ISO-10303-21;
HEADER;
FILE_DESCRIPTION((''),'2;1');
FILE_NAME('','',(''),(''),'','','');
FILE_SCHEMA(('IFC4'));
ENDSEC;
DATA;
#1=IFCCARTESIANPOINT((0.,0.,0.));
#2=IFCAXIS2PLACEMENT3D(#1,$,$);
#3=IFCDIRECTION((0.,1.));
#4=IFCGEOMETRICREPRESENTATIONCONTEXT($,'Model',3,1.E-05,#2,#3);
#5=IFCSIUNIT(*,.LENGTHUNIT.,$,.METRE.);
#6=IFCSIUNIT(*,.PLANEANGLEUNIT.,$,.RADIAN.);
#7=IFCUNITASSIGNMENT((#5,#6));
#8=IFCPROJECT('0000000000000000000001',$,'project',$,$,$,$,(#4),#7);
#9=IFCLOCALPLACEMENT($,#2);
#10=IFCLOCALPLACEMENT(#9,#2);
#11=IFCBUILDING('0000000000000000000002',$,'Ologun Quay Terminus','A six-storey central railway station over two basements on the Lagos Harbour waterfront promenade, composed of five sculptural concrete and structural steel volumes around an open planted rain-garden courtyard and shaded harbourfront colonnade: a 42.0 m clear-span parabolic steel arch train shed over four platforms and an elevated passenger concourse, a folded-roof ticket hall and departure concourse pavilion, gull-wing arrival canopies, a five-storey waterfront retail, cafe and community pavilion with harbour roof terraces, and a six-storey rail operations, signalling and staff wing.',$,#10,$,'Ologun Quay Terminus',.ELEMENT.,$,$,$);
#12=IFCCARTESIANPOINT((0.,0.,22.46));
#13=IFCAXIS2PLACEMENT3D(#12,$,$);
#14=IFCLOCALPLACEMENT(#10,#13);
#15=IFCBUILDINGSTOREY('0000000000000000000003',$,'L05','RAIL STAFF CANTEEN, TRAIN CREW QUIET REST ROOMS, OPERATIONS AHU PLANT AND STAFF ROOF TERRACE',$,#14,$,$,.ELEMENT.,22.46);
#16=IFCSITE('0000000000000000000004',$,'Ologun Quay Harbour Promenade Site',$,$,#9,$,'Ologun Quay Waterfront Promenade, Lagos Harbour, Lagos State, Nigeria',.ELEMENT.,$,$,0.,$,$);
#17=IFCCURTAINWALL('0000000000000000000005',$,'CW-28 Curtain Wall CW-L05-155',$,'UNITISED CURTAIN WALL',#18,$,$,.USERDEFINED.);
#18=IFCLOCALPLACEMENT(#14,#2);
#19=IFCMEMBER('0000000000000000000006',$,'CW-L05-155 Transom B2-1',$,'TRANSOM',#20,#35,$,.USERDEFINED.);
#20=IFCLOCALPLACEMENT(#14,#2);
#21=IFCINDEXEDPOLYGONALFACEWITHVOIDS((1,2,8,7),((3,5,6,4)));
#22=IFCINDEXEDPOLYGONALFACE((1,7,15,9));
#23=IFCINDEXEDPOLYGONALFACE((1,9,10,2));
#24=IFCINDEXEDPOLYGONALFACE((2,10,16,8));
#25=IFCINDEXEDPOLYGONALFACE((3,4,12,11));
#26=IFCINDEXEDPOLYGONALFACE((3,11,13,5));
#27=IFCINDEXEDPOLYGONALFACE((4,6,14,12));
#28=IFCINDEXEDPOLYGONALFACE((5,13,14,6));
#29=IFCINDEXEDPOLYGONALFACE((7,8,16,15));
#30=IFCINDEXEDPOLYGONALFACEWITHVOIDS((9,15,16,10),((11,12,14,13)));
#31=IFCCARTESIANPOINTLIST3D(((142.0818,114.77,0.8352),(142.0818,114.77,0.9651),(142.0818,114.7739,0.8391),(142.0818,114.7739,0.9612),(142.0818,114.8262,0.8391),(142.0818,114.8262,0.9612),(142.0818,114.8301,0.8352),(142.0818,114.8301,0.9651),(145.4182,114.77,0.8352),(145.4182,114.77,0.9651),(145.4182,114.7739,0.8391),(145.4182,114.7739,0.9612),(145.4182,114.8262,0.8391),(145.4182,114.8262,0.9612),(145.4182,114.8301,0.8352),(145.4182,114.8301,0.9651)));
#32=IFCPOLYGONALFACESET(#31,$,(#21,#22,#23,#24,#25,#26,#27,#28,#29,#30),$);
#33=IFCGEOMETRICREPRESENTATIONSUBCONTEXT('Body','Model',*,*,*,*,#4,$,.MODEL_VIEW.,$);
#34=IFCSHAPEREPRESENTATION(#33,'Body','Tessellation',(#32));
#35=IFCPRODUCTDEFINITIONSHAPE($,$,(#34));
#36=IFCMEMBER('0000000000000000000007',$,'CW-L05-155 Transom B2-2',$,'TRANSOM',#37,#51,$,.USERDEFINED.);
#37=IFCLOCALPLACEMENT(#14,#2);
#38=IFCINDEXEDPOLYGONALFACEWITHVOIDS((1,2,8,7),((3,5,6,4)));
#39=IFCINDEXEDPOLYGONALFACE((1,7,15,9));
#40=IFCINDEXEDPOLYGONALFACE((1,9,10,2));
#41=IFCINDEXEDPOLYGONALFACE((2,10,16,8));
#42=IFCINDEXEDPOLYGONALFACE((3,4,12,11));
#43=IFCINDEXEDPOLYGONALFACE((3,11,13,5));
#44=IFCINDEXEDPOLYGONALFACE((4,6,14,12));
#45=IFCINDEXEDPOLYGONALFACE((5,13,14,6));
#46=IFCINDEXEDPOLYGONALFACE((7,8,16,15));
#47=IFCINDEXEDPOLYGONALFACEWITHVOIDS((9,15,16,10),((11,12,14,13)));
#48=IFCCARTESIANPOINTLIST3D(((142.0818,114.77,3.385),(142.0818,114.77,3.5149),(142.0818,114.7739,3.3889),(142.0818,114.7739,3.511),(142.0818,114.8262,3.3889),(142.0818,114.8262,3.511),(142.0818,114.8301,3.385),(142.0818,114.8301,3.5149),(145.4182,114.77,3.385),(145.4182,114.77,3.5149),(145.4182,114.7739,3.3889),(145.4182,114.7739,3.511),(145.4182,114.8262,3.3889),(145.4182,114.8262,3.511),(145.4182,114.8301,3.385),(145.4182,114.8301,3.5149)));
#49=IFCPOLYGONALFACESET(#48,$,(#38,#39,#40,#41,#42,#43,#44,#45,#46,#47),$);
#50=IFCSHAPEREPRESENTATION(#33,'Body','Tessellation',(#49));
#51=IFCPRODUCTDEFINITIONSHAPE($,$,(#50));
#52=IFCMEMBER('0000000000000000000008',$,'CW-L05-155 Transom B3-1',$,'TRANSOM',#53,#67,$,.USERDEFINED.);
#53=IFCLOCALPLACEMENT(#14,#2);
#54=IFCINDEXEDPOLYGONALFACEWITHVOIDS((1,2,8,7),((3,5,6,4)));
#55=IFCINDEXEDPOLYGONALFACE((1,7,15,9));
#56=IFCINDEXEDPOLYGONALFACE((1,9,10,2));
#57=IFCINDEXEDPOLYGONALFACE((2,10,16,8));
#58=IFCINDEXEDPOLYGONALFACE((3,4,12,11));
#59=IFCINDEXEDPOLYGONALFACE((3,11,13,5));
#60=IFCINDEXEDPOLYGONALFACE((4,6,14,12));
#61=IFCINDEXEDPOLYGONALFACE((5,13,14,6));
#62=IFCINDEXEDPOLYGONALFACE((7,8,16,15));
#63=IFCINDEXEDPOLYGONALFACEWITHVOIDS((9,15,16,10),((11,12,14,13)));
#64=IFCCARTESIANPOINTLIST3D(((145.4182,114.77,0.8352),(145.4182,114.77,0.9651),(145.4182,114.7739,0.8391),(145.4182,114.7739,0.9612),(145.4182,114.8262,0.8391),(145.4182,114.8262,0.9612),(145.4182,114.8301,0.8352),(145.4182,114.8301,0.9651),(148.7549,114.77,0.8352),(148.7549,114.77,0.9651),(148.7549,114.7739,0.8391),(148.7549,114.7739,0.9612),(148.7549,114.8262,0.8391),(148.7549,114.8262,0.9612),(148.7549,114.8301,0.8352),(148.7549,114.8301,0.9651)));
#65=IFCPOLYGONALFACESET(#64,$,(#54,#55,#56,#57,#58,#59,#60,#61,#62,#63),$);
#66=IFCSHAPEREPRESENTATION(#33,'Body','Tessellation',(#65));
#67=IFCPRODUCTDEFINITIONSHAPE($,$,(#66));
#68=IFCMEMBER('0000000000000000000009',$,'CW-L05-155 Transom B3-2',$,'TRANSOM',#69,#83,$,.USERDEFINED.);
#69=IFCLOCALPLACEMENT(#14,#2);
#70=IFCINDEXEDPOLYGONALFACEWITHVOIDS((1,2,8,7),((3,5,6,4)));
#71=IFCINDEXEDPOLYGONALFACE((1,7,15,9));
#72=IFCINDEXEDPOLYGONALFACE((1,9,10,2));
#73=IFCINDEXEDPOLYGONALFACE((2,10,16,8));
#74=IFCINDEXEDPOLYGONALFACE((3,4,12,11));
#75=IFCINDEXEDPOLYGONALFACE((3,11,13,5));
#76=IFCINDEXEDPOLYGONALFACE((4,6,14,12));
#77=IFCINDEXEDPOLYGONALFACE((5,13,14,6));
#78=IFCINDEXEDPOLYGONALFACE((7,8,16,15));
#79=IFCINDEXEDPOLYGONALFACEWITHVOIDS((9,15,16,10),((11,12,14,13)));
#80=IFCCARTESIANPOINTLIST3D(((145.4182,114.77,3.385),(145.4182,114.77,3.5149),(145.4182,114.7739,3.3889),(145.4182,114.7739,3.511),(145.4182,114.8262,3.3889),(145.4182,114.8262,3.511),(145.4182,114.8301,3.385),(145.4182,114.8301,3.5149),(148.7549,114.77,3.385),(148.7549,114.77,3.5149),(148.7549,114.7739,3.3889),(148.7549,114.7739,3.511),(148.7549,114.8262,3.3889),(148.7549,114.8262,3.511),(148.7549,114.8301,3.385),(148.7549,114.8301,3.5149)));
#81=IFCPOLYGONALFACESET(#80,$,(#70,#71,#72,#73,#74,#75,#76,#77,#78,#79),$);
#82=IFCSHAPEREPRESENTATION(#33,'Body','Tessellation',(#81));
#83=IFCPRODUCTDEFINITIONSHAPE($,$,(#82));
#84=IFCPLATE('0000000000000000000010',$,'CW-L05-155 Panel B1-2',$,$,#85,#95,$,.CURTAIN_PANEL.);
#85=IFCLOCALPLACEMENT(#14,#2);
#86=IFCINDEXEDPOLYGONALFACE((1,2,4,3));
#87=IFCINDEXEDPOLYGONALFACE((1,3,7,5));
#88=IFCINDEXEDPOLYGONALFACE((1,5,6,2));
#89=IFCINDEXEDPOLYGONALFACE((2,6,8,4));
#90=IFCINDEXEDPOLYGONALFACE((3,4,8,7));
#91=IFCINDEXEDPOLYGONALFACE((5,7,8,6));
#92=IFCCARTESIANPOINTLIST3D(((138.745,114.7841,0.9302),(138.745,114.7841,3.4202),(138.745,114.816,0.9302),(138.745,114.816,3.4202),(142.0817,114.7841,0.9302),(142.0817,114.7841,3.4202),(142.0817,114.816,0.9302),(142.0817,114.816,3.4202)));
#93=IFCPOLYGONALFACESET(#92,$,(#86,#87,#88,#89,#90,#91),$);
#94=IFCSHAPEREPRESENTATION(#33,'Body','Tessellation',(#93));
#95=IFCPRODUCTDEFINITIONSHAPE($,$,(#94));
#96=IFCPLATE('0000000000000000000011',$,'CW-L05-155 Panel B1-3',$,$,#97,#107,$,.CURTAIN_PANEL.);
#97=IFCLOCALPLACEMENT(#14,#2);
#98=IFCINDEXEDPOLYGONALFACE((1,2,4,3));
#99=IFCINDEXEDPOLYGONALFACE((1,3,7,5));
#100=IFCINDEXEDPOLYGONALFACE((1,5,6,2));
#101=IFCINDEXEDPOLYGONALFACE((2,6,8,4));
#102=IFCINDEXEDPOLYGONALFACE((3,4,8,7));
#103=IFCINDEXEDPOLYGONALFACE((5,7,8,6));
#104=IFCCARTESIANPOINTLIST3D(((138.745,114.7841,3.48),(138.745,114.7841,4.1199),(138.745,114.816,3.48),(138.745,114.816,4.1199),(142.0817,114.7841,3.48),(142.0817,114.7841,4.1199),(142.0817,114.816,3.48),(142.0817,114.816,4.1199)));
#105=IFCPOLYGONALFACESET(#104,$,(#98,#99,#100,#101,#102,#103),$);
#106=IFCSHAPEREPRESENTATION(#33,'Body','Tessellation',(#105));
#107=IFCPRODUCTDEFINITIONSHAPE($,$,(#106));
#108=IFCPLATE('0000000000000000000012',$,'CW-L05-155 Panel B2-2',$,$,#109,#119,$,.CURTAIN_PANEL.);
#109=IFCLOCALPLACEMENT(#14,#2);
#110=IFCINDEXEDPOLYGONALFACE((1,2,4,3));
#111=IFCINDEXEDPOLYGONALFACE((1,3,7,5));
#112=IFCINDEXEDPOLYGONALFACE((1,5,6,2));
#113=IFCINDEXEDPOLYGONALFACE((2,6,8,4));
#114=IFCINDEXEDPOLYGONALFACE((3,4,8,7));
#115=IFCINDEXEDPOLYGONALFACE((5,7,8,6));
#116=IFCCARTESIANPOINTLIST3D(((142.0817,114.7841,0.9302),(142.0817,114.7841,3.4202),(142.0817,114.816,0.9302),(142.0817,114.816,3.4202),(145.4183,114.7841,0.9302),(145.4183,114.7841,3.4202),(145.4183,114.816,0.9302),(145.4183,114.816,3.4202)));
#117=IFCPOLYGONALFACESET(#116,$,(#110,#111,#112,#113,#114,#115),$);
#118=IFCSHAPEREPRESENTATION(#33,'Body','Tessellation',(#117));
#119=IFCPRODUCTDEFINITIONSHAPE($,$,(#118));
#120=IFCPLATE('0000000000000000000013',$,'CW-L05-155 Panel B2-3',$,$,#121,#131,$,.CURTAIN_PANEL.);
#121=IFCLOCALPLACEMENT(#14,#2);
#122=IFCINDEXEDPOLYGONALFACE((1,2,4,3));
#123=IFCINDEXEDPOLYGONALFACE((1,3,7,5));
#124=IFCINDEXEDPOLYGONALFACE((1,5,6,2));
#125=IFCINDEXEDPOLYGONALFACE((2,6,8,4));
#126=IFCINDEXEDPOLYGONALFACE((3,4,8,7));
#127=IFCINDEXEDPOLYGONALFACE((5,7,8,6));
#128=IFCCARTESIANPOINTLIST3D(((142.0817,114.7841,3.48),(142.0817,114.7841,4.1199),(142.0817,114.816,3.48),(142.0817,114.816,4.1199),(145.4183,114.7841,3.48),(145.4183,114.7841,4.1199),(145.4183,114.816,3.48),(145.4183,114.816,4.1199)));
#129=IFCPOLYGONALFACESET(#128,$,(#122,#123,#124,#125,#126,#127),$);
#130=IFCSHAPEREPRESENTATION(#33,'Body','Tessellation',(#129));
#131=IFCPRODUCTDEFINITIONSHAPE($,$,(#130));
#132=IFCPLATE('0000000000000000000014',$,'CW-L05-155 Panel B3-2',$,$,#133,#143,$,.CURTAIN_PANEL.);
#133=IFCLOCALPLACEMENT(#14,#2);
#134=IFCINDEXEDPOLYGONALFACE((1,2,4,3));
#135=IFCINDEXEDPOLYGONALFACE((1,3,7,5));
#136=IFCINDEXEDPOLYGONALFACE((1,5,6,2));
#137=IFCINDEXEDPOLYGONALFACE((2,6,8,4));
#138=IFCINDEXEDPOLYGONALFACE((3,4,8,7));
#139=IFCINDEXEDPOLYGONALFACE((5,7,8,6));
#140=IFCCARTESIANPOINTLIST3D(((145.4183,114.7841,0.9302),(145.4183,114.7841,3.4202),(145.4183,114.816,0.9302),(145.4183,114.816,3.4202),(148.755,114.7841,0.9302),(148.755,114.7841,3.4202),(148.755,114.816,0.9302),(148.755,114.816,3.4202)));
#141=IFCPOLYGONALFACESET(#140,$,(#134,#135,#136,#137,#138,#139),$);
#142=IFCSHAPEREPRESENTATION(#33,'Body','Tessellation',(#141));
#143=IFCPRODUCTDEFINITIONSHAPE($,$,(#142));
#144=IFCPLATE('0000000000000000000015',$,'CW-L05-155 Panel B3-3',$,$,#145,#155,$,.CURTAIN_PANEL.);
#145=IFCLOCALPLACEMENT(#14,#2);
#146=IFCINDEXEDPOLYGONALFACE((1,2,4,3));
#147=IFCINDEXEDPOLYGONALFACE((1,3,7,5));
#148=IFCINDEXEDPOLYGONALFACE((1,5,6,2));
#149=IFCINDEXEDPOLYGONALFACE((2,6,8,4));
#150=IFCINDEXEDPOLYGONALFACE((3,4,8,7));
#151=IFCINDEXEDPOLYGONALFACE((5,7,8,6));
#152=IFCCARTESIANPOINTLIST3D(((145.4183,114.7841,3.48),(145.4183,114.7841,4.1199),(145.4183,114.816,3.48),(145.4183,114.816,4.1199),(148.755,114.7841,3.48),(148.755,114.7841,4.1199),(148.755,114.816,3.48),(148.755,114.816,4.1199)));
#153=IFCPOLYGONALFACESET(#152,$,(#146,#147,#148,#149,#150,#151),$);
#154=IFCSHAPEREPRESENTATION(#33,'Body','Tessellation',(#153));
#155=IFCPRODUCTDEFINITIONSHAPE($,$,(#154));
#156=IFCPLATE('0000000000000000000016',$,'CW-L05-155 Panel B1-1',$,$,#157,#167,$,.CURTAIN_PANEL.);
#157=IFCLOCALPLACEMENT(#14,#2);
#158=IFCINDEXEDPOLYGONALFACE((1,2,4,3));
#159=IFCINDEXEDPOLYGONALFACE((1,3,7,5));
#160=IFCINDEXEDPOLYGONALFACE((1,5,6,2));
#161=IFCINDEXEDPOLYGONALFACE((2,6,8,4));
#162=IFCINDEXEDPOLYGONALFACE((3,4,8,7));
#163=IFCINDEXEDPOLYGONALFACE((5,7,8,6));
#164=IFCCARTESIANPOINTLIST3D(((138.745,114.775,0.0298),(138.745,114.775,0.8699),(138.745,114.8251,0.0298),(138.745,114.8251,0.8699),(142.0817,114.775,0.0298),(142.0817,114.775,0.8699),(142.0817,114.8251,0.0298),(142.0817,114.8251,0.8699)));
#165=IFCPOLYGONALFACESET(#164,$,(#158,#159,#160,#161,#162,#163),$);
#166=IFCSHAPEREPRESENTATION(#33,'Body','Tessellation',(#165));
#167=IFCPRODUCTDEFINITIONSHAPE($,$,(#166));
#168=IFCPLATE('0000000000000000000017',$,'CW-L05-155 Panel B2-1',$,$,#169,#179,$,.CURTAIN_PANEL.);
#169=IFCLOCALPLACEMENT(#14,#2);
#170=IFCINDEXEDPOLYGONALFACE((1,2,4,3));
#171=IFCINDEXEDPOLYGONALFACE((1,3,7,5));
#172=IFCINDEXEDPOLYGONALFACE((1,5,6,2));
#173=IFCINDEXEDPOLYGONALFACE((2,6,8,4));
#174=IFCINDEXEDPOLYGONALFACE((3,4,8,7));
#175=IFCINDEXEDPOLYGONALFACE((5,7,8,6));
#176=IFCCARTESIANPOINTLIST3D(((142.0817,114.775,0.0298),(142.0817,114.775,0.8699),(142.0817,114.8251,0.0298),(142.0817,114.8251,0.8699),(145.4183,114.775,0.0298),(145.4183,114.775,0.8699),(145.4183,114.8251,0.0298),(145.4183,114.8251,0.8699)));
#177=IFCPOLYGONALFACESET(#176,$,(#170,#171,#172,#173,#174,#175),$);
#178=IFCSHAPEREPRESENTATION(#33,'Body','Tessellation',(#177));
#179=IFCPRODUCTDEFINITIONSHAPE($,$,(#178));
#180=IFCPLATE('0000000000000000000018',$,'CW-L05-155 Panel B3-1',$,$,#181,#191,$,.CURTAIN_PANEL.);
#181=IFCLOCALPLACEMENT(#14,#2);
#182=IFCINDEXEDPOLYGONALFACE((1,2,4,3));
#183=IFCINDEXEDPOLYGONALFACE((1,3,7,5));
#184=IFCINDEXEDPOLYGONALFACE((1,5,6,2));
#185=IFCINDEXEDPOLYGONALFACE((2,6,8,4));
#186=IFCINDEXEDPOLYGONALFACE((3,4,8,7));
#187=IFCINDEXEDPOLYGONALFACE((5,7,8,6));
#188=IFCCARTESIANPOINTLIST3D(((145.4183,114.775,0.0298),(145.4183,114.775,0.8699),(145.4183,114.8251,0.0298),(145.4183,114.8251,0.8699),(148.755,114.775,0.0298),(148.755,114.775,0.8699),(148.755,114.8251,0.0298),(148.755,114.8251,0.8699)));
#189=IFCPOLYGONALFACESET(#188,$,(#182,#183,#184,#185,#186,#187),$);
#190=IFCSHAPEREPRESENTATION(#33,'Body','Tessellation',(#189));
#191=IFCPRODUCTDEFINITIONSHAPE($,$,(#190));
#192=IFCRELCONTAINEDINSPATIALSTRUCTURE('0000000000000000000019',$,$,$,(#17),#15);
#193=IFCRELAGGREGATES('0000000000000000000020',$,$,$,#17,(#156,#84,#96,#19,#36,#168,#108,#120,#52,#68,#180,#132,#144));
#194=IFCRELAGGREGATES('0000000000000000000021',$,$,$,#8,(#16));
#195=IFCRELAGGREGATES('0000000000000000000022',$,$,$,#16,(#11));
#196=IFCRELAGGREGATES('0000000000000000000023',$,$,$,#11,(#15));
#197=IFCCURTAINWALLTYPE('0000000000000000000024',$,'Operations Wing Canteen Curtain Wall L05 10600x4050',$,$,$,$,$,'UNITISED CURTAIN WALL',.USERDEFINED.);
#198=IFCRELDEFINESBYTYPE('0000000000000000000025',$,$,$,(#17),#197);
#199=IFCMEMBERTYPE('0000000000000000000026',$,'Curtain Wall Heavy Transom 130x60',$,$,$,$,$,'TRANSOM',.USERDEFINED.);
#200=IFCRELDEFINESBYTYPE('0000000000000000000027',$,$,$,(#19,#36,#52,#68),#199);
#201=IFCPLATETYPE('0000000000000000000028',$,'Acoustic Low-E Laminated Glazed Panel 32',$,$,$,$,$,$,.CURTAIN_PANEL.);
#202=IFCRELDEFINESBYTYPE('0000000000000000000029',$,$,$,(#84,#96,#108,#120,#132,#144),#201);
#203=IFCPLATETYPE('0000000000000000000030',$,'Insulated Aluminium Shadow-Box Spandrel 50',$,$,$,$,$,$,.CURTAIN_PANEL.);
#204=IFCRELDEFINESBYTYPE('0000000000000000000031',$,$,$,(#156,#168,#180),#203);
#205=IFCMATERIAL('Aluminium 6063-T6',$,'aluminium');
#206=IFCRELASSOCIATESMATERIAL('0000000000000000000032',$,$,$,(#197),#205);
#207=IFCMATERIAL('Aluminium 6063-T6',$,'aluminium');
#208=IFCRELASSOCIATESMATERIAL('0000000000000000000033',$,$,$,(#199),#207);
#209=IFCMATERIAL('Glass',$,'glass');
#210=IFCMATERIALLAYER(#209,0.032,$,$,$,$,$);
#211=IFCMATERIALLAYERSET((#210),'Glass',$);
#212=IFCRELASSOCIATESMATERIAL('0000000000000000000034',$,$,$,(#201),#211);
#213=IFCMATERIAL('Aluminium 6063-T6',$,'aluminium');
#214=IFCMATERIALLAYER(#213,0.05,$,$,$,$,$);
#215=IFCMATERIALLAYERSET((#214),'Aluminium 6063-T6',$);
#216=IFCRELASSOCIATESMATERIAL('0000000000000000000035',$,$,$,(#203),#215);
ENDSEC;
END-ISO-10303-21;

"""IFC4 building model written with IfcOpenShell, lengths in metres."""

from ifc_helpers import new_model, si_unit, direction, frame, origin, origin_2d, place, context, subcontext, project, spatial, rectangle, hollow_rectangle, extrude, material, layer, layer_set, material_profile, profile_set, type_object, element, aggregate, save


model = new_model("IFC4")

# Units and contexts
model_context = context("Model", 3, precision=1e-05, world=origin(), true_north=direction((0.0, 1.0)))
body_context = subcontext(model_context, "Body", "Model", "MODEL_VIEW")
ifc_project = project(units=[si_unit("LENGTHUNIT", "METRE"), si_unit("PLANEANGLEUNIT", "RADIAN")], contexts=[model_context])

# Site, building, storey
site_placement = place(None, origin())
site = spatial("IfcSite", under=ifc_project, at=site_placement, Name="Ologun Quay Harbour Promenade Site", LongName="Ologun Quay Waterfront Promenade, Lagos Harbour, Lagos State, Nigeria", CompositionType="ELEMENT", RefElevation=0.0)
building_placement = place(site_placement, origin())
building = spatial("IfcBuilding", under=site, at=building_placement, Name="Ologun Quay Terminus", Description="A six-storey central railway station over two basements on the Lagos Harbour waterfront promenade, composed of five sculptural concrete and structural steel volumes around an open planted rain-garden courtyard and shaded harbourfront colonnade: a 42.0 m clear-span parabolic steel arch train shed over four platforms and an elevated passenger concourse, a folded-roof ticket hall and departure concourse pavilion, gull-wing arrival canopies, a five-storey waterfront retail, cafe and community pavilion with harbour roof terraces, and a six-storey rail operations, signalling and staff wing.", LongName="Ologun Quay Terminus", CompositionType="ELEMENT")
storey_placement = place(building_placement, frame((0.0, 0.0, 22.46)))
storey = spatial("IfcBuildingStorey", under=building, at=storey_placement, Name="L05", Description="RAIL STAFF CANTEEN, TRAIN CREW QUIET REST ROOMS, OPERATIONS AHU PLANT AND STAFF ROOF TERRACE", CompositionType="ELEMENT", Elevation=22.46)

# Curtain wall, members, plates
ifc_material_1 = material(Name="Aluminium 6063-T6", Category="aluminium")
curtain_wall_type = type_object("IfcCurtainWallType", Name="Operations Wing Canteen Curtain Wall L05 10600x4050", ElementType="UNITISED CURTAIN WALL", PredefinedType="USERDEFINED", material=ifc_material_1)
curtain_wall_placement = place(storey_placement, origin())
curtain_wall = element("IfcCurtainWall", 1, at=curtain_wall_placement, inside=storey, type_object=curtain_wall_type, Name="CW-28 Curtain Wall CW-L05-155", ObjectType="UNITISED CURTAIN WALL", PredefinedType="USERDEFINED")
ifc_material_2 = material(Name="Aluminium 6063-T6", Category="aluminium")
ifc_material_profile_1 = material_profile(ifc_material_2, hollow_rectangle(XDim=0.0601, YDim=0.1299, WallThickness=0.0039, at=origin_2d()), Name="ALU 130x60x4")
ifc_profile_set_1 = profile_set([ifc_material_profile_1], Name="Aluminium 6063-T6")
member_type_1 = type_object("IfcMemberType", Name="Curtain Wall Heavy Transom 130x60", ElementType="TRANSOM", PredefinedType="USERDEFINED", material=ifc_profile_set_1)
member_1_placement = place(storey_placement, frame((142.0818, 114.8, 0.9001), z_axis=(1.0, 0.0, 0.0), x_axis=(0.0, 1.0, 0.0)))
member_1 = element("IfcMember", 2, at=member_1_placement, type_object=member_type_1, Name="CW-L05-155 Transom B2-1", ObjectType="TRANSOM", PredefinedType="USERDEFINED", context=body_context, shape_type="SweptSolid", body=[
    extrude(hollow_rectangle(XDim=0.0601, YDim=0.1299, WallThickness=0.0039, at=origin_2d()), origin(), (0.0, 0.0, 1.0), 3.3364),
])
member_2_placement = place(storey_placement, frame((142.0818, 114.8, 3.45), z_axis=(1.0, 0.0, 0.0), x_axis=(0.0, 1.0, 0.0)))
member_2 = element("IfcMember", 3, at=member_2_placement, type_object=member_type_1, Name="CW-L05-155 Transom B2-2", ObjectType="TRANSOM", PredefinedType="USERDEFINED", context=body_context, shape_type="SweptSolid", body=[
    extrude(hollow_rectangle(XDim=0.0601, YDim=0.1299, WallThickness=0.0039, at=origin_2d()), origin(), (0.0, 0.0, 1.0), 3.3364),
])
member_3_placement = place(storey_placement, frame((145.4182, 114.8, 0.9001), z_axis=(1.0, 0.0, 0.0), x_axis=(0.0, 1.0, 0.0)))
member_3 = element("IfcMember", 4, at=member_3_placement, type_object=member_type_1, Name="CW-L05-155 Transom B3-1", ObjectType="TRANSOM", PredefinedType="USERDEFINED", context=body_context, shape_type="SweptSolid", body=[
    extrude(hollow_rectangle(XDim=0.0601, YDim=0.1299, WallThickness=0.0039, at=origin_2d()), origin(), (0.0, 0.0, 1.0), 3.3367),
])
member_4_placement = place(storey_placement, frame((145.4182, 114.8, 3.45), z_axis=(1.0, 0.0, 0.0), x_axis=(0.0, 1.0, 0.0)))
member_4 = element("IfcMember", 5, at=member_4_placement, type_object=member_type_1, Name="CW-L05-155 Transom B3-2", ObjectType="TRANSOM", PredefinedType="USERDEFINED", context=body_context, shape_type="SweptSolid", body=[
    extrude(hollow_rectangle(XDim=0.0601, YDim=0.1299, WallThickness=0.0039, at=origin_2d()), origin(), (0.0, 0.0, 1.0), 3.3367),
])
ifc_material_3 = material(Name="Glass", Category="glass")
ifc_layer_1 = layer(ifc_material_3, 0.032)
ifc_layer_set_1 = layer_set([ifc_layer_1], Name="Glass")
plate_type_1 = type_object("IfcPlateType", Name="Acoustic Low-E Laminated Glazed Panel 32", PredefinedType="CURTAIN_PANEL", material=ifc_layer_set_1)
plate_1_placement = place(storey_placement, frame((140.4133, 114.8, 0.9302), z_axis=(0.0, 0.0, 1.0), x_axis=(1.0, 0.0, 0.0)))
plate_1 = element("IfcPlate", 6, at=plate_1_placement, type_object=plate_type_1, Name="CW-L05-155 Panel B1-2", PredefinedType="CURTAIN_PANEL", context=body_context, shape_type="SweptSolid", body=[
    extrude(rectangle(XDim=3.3367, YDim=0.032, at=origin_2d()), origin(), (0.0, 0.0, 1.0), 2.49),
])
plate_2_placement = place(storey_placement, frame((140.4133, 114.8, 3.48), z_axis=(0.0, 0.0, 1.0), x_axis=(1.0, 0.0, 0.0)))
plate_2 = element("IfcPlate", 7, at=plate_2_placement, type_object=plate_type_1, Name="CW-L05-155 Panel B1-3", PredefinedType="CURTAIN_PANEL", context=body_context, shape_type="SweptSolid", body=[
    extrude(rectangle(XDim=3.3367, YDim=0.032, at=origin_2d()), origin(), (0.0, 0.0, 1.0), 0.6399),
])
plate_3_placement = place(storey_placement, frame((143.75, 114.8, 0.9302), z_axis=(0.0, 0.0, 1.0), x_axis=(1.0, 0.0, 0.0)))
plate_3 = element("IfcPlate", 8, at=plate_3_placement, type_object=plate_type_1, Name="CW-L05-155 Panel B2-2", PredefinedType="CURTAIN_PANEL", context=body_context, shape_type="SweptSolid", body=[
    extrude(rectangle(XDim=3.3367, YDim=0.032, at=origin_2d()), origin(), (0.0, 0.0, 1.0), 2.49),
])
plate_4_placement = place(storey_placement, frame((143.75, 114.8, 3.48), z_axis=(0.0, 0.0, 1.0), x_axis=(1.0, 0.0, 0.0)))
plate_4 = element("IfcPlate", 9, at=plate_4_placement, type_object=plate_type_1, Name="CW-L05-155 Panel B2-3", PredefinedType="CURTAIN_PANEL", context=body_context, shape_type="SweptSolid", body=[
    extrude(rectangle(XDim=3.3367, YDim=0.032, at=origin_2d()), origin(), (0.0, 0.0, 1.0), 0.6399),
])
plate_5_placement = place(storey_placement, frame((147.0867, 114.8, 0.9302), z_axis=(0.0, 0.0, 1.0), x_axis=(1.0, 0.0, 0.0)))
plate_5 = element("IfcPlate", 10, at=plate_5_placement, type_object=plate_type_1, Name="CW-L05-155 Panel B3-2", PredefinedType="CURTAIN_PANEL", context=body_context, shape_type="SweptSolid", body=[
    extrude(rectangle(XDim=3.3367, YDim=0.032, at=origin_2d()), origin(), (0.0, 0.0, 1.0), 2.49),
])
plate_6_placement = place(storey_placement, frame((147.0867, 114.8, 3.48), z_axis=(0.0, 0.0, 1.0), x_axis=(1.0, 0.0, 0.0)))
plate_6 = element("IfcPlate", 11, at=plate_6_placement, type_object=plate_type_1, Name="CW-L05-155 Panel B3-3", PredefinedType="CURTAIN_PANEL", context=body_context, shape_type="SweptSolid", body=[
    extrude(rectangle(XDim=3.3367, YDim=0.032, at=origin_2d()), origin(), (0.0, 0.0, 1.0), 0.6399),
])
ifc_material_4 = material(Name="Aluminium 6063-T6", Category="aluminium")
ifc_layer_2 = layer(ifc_material_4, 0.05)
ifc_layer_set_2 = layer_set([ifc_layer_2], Name="Aluminium 6063-T6")
plate_type_2 = type_object("IfcPlateType", Name="Insulated Aluminium Shadow-Box Spandrel 50", PredefinedType="CURTAIN_PANEL", material=ifc_layer_set_2)
plate_7_placement = place(storey_placement, frame((140.4133, 114.8, 0.0298), z_axis=(0.0, 0.0, 1.0), x_axis=(1.0, 0.0, 0.0)))
plate_7 = element("IfcPlate", 12, at=plate_7_placement, type_object=plate_type_2, Name="CW-L05-155 Panel B1-1", PredefinedType="CURTAIN_PANEL", context=body_context, shape_type="SweptSolid", body=[
    extrude(rectangle(XDim=3.3367, YDim=0.05, at=origin_2d()), origin(), (0.0, 0.0, 1.0), 0.8401),
])
plate_8_placement = place(storey_placement, frame((143.75, 114.8, 0.0298), z_axis=(0.0, 0.0, 1.0), x_axis=(1.0, 0.0, 0.0)))
plate_8 = element("IfcPlate", 13, at=plate_8_placement, type_object=plate_type_2, Name="CW-L05-155 Panel B2-1", PredefinedType="CURTAIN_PANEL", context=body_context, shape_type="SweptSolid", body=[
    extrude(rectangle(XDim=3.3367, YDim=0.05, at=origin_2d()), origin(), (0.0, 0.0, 1.0), 0.8401),
])
plate_9_placement = place(storey_placement, frame((147.0867, 114.8, 0.0298), z_axis=(0.0, 0.0, 1.0), x_axis=(1.0, 0.0, 0.0)))
plate_9 = element("IfcPlate", 14, at=plate_9_placement, type_object=plate_type_2, Name="CW-L05-155 Panel B3-1", PredefinedType="CURTAIN_PANEL", context=body_context, shape_type="SweptSolid", body=[
    extrude(rectangle(XDim=3.3367, YDim=0.05, at=origin_2d()), origin(), (0.0, 0.0, 1.0), 0.8401),
])
aggregate(curtain_wall, [plate_7, plate_1, plate_2, member_1, member_2, plate_8, plate_3, plate_4, member_3, member_4, plate_9, plate_5, plate_6])

save(model, "model.ifc")
